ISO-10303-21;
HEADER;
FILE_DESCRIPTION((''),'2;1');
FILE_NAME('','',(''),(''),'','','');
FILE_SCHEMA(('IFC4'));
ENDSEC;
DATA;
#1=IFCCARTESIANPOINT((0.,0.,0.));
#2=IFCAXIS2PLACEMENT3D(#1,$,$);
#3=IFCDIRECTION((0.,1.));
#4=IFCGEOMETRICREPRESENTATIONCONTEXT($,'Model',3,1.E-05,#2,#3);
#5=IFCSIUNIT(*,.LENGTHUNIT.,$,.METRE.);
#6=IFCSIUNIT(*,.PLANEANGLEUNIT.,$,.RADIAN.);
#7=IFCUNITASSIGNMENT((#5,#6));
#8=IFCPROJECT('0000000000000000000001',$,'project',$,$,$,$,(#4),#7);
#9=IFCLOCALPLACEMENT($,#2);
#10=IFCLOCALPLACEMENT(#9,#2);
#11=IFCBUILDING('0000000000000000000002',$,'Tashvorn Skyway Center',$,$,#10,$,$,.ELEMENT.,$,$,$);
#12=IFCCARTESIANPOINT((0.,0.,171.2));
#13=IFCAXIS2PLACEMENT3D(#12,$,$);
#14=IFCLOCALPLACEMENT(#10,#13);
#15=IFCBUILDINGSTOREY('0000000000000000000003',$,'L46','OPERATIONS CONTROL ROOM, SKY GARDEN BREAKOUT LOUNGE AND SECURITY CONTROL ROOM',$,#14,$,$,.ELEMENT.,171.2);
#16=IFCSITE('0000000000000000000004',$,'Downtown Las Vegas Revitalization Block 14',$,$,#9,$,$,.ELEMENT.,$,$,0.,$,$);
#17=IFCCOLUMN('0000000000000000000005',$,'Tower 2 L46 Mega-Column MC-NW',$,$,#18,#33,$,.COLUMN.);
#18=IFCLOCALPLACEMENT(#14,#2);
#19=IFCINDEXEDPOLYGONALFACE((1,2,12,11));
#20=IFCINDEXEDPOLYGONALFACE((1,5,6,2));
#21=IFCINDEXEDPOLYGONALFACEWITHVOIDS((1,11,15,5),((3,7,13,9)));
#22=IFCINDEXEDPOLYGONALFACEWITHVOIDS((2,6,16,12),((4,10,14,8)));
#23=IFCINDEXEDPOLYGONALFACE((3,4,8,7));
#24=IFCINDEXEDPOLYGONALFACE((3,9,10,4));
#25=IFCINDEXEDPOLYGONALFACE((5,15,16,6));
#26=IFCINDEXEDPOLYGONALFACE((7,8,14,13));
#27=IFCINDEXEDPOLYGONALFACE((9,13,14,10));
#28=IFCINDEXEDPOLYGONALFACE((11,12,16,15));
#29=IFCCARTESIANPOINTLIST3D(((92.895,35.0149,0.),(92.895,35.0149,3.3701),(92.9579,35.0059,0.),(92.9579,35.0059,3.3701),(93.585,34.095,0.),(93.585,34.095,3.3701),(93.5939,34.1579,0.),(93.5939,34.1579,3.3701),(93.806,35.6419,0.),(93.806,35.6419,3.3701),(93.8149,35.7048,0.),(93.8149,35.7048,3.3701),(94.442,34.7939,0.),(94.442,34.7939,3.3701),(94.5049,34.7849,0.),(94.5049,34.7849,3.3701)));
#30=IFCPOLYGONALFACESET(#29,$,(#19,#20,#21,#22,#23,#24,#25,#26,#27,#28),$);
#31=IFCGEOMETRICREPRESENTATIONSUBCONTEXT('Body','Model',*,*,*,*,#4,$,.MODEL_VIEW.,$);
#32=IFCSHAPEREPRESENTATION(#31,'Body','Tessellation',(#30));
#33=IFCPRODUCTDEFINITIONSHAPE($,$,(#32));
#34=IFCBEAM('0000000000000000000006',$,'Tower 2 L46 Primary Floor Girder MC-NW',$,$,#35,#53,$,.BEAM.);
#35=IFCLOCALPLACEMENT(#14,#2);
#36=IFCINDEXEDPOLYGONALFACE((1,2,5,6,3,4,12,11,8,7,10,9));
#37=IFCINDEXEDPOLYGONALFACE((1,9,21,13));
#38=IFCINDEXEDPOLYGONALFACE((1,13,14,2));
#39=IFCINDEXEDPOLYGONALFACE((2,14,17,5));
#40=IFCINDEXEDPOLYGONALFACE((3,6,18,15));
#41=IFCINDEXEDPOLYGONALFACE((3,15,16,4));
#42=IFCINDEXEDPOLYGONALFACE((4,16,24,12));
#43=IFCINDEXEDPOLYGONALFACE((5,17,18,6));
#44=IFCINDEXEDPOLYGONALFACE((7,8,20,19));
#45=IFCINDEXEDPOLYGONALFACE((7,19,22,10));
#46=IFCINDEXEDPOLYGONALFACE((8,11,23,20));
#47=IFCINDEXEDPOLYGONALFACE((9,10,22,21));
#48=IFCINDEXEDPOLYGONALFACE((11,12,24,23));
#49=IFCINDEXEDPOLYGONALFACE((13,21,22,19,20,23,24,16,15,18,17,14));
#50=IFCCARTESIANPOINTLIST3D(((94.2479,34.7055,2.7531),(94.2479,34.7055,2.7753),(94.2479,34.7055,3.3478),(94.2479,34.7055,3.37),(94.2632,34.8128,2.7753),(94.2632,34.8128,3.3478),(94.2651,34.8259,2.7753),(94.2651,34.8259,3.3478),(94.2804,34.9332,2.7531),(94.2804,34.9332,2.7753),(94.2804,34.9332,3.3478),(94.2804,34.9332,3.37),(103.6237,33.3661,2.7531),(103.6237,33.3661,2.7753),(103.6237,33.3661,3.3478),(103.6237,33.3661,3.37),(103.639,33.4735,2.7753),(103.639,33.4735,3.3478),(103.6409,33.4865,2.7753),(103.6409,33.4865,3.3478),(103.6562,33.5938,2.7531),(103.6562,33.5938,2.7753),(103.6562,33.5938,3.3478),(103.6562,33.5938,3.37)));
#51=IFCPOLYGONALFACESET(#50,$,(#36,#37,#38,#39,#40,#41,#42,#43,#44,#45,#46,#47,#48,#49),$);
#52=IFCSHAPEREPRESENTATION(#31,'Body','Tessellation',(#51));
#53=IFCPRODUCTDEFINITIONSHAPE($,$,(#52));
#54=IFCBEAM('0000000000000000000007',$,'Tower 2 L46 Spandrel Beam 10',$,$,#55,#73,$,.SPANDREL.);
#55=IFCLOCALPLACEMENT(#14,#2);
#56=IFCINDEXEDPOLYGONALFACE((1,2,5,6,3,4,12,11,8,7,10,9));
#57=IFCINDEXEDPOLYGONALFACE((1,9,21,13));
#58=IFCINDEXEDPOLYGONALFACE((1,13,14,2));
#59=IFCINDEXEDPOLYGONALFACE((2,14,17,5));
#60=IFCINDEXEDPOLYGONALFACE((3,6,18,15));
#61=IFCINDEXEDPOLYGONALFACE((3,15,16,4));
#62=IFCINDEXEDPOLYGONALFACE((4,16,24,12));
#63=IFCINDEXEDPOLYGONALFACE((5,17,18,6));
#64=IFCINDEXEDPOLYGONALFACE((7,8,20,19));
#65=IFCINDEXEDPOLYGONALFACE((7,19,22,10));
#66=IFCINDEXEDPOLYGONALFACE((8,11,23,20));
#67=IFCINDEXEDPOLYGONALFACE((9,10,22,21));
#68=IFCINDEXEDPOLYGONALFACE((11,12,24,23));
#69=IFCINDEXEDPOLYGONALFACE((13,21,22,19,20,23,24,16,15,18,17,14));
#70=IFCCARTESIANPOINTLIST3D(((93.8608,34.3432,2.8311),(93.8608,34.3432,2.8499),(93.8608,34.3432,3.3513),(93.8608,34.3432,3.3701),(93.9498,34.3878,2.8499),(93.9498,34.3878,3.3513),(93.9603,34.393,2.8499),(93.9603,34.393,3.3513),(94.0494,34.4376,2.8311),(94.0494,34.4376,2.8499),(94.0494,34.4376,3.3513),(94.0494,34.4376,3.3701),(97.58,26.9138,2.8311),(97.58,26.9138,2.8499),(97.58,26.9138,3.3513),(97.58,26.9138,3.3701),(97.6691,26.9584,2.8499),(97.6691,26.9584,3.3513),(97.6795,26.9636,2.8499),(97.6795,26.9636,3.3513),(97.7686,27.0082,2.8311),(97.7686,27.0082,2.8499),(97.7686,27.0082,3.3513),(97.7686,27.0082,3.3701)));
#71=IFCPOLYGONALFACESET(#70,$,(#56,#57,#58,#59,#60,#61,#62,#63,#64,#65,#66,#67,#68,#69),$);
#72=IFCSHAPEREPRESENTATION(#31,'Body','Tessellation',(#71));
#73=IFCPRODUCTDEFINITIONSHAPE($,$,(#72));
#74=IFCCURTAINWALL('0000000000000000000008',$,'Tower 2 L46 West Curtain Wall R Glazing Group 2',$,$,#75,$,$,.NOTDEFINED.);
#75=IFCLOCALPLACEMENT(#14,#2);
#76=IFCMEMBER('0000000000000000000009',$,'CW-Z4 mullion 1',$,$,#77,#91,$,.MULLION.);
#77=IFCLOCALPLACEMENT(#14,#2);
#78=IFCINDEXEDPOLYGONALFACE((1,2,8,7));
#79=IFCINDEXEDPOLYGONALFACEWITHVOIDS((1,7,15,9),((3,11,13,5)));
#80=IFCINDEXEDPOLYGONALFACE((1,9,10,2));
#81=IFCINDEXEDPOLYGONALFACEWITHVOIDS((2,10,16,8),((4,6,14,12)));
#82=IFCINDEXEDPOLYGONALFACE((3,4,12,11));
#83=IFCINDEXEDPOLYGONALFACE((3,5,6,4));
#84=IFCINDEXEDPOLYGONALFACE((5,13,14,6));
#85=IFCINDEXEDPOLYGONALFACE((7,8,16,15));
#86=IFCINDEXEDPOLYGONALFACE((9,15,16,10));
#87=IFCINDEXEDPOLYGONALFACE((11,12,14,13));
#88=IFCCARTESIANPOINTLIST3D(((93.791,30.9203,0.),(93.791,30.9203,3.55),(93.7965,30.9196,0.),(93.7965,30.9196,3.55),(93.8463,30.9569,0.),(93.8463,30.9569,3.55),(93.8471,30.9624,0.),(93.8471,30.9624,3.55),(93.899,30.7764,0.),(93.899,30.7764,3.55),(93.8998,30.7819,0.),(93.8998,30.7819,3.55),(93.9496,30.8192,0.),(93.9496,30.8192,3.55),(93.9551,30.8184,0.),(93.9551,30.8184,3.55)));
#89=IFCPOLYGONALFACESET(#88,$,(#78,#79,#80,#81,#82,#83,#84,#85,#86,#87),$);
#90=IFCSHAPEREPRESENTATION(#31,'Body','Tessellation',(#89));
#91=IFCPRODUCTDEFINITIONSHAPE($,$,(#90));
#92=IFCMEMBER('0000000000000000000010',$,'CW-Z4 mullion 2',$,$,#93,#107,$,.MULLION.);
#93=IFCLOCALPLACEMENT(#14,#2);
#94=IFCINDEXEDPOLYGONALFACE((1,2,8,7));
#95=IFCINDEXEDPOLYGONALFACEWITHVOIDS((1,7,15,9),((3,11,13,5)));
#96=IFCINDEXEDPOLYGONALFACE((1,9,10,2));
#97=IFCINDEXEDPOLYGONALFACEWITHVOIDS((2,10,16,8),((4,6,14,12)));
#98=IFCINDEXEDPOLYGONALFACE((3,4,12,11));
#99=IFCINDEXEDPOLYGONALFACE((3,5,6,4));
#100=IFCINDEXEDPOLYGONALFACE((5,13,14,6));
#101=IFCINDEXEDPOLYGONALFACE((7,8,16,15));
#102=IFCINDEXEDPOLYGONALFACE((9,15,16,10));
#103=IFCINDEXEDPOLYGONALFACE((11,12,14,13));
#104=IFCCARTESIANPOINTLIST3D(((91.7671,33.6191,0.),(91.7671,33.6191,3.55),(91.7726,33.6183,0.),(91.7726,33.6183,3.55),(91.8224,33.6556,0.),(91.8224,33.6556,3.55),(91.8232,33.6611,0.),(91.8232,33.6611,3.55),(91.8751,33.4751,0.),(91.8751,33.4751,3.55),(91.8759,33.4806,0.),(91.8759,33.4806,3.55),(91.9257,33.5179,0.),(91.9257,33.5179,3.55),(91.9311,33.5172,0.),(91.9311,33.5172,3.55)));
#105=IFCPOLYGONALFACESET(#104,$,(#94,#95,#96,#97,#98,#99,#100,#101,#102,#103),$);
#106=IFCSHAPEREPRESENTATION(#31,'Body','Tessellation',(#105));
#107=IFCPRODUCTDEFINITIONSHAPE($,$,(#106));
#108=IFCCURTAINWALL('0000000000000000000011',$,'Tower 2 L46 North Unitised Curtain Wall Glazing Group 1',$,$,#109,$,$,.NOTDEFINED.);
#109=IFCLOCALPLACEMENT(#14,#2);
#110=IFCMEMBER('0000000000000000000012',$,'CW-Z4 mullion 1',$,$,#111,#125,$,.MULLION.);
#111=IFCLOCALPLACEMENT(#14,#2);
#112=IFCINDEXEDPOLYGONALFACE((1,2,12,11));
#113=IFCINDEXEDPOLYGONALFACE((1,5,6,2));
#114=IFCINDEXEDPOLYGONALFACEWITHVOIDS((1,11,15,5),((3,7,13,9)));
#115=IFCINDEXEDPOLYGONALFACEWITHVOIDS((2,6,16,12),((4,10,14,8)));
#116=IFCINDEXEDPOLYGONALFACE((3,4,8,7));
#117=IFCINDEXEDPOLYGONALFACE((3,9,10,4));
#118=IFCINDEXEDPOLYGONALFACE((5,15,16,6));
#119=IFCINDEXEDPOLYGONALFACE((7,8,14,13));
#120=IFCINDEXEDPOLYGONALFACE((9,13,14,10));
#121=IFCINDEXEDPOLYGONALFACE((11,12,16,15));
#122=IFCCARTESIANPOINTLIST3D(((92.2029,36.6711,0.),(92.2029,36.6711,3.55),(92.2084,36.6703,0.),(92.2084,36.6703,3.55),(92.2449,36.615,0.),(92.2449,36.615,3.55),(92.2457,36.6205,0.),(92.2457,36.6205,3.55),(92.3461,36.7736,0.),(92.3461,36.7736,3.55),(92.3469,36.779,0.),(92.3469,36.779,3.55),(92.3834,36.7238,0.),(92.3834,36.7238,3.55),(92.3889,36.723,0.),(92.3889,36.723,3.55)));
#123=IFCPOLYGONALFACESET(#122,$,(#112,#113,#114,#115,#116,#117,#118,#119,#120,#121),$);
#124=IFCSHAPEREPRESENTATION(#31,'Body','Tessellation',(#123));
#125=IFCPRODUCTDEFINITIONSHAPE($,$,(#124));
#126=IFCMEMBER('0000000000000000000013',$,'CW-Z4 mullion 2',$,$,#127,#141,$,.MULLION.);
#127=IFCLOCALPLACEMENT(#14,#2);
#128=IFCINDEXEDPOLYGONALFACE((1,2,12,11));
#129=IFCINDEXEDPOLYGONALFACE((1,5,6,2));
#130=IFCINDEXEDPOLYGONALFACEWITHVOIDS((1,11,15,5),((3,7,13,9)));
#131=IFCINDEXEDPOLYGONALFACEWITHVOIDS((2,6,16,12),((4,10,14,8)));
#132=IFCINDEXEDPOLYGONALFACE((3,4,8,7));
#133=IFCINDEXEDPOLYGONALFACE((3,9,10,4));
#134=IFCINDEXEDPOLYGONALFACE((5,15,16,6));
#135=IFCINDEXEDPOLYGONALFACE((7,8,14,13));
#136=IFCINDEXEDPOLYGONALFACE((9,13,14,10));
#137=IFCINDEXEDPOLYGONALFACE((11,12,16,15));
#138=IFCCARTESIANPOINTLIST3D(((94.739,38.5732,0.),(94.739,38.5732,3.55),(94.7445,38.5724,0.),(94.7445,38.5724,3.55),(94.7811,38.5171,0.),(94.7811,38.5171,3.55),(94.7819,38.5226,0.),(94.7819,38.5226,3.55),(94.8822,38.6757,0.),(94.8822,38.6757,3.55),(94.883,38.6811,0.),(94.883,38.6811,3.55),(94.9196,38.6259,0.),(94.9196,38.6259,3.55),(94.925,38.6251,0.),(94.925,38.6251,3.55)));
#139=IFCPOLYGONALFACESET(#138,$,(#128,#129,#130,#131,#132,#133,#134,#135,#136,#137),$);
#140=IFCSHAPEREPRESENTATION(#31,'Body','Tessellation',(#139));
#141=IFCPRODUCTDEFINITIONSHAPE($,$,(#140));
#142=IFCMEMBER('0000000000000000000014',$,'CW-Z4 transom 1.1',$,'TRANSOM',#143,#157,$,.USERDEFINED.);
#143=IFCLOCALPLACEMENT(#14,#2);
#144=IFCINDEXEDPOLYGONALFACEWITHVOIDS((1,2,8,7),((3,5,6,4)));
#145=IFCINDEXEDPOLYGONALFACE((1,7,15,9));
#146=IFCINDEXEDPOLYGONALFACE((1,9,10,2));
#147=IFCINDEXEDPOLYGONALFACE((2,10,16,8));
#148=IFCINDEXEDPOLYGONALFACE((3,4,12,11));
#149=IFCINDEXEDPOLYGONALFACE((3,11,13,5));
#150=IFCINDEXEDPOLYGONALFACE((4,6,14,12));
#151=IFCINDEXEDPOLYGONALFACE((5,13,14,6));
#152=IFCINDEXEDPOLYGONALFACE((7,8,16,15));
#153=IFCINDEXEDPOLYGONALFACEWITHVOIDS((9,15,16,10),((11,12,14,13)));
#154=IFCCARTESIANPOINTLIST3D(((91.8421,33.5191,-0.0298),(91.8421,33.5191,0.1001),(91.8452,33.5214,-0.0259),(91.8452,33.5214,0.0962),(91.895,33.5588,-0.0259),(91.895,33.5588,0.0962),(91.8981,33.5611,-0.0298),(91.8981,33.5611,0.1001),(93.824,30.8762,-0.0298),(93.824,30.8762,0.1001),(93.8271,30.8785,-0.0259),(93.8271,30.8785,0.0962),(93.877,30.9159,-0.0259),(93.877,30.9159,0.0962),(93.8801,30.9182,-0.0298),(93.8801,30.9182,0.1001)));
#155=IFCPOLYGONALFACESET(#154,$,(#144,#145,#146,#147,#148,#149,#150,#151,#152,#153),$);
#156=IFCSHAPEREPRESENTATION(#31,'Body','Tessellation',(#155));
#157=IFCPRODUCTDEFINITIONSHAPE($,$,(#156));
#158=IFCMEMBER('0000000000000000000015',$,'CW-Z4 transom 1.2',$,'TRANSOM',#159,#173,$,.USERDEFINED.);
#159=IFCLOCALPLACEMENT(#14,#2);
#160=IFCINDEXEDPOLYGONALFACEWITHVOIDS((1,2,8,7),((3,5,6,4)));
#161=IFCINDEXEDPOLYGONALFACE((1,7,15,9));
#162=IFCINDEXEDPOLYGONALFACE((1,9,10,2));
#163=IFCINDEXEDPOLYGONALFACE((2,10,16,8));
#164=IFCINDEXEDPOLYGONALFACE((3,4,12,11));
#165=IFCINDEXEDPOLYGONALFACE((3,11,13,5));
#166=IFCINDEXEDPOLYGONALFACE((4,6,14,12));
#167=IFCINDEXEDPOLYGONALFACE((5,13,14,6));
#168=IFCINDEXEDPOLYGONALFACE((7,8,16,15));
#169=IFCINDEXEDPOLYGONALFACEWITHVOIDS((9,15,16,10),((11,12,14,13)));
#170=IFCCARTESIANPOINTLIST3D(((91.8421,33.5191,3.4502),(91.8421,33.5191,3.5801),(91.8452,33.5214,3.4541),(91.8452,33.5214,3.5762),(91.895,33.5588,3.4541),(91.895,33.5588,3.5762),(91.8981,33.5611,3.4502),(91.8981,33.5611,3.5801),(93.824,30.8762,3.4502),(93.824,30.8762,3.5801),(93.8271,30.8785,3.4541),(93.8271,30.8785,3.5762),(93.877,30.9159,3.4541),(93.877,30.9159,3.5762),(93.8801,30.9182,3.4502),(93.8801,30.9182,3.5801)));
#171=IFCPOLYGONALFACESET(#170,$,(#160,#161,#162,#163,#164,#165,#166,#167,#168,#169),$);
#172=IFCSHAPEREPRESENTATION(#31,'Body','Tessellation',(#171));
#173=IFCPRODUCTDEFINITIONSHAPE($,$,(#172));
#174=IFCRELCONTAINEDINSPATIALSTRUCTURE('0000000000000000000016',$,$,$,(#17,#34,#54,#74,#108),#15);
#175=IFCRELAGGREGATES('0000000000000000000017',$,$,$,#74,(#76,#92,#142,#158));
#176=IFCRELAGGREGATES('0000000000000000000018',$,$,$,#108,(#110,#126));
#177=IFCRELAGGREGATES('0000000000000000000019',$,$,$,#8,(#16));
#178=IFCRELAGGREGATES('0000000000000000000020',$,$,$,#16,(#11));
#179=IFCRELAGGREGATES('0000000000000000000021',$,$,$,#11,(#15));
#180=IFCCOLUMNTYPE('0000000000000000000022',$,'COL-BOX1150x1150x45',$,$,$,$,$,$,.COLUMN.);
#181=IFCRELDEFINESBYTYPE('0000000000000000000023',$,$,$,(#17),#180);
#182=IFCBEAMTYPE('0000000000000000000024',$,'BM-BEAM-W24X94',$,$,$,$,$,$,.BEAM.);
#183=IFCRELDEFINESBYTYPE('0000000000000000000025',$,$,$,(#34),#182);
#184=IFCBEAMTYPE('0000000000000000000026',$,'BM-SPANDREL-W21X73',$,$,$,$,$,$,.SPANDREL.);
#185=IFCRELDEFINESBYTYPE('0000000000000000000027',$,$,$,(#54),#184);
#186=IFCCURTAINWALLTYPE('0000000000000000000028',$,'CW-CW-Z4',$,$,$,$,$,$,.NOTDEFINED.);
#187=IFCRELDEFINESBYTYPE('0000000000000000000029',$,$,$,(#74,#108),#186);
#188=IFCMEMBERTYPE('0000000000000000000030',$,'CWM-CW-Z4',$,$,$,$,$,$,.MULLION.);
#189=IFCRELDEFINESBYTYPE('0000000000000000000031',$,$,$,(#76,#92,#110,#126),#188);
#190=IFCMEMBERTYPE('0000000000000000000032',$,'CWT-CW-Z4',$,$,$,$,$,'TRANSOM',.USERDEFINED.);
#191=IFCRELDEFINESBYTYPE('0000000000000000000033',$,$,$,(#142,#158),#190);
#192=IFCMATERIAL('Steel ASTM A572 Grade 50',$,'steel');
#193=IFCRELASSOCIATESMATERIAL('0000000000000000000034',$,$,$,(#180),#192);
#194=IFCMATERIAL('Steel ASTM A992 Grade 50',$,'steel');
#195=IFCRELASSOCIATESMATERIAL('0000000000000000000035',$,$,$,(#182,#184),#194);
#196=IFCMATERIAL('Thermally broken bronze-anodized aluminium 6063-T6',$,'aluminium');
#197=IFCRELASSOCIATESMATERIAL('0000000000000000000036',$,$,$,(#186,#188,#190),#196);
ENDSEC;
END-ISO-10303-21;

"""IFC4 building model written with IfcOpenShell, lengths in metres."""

from ifc_helpers import new_model, si_unit, direction, frame, origin, origin_2d, place, context, subcontext, project, spatial, hollow_rectangle, i_section, extrude, material, material_profile, profile_set, type_object, element, aggregate, save


model = new_model("IFC4")

# Units and contexts
model_context = context("Model", 3, precision=1e-05, world=origin(), true_north=direction((0.0, 1.0)))
body_context = subcontext(model_context, "Body", "Model", "MODEL_VIEW")
ifc_project = project(units=[si_unit("LENGTHUNIT", "METRE"), si_unit("PLANEANGLEUNIT", "RADIAN")], contexts=[model_context])

# Site, building, storey
site_placement = place(None, origin())
site = spatial("IfcSite", under=ifc_project, at=site_placement, Name="Downtown Las Vegas Revitalization Block 14", CompositionType="ELEMENT", RefElevation=0.0)
building_placement = place(site_placement, origin())
building = spatial("IfcBuilding", under=site, at=building_placement, Name="Tashvorn Skyway Center", CompositionType="ELEMENT")
storey_placement = place(building_placement, frame((0.0, 0.0, 171.2)))
storey = spatial("IfcBuildingStorey", under=building, at=storey_placement, Name="L46", Description="OPERATIONS CONTROL ROOM, SKY GARDEN BREAKOUT LOUNGE AND SECURITY CONTROL ROOM", CompositionType="ELEMENT", Elevation=171.2)

# Column
ifc_material_1 = material(Name="Steel ASTM A572 Grade 50", Category="steel")
ifc_material_profile_1 = material_profile(ifc_material_1, hollow_rectangle(XDim=1.1499, YDim=1.1499, WallThickness=0.0449, at=origin_2d()), Name="BOX1150x1150x45")
ifc_profile_set_1 = profile_set([ifc_material_profile_1], Name="Steel ASTM A572 Grade 50")
column_type = type_object("IfcColumnType", Name="COL-BOX1150x1150x45", PredefinedType="COLUMN", material=ifc_profile_set_1)
column_placement = place(storey_placement, frame((93.7, 34.8999, 0.0), z_axis=(0.0, 0.0, 1.0), x_axis=(0.8, 0.6, 0.0)))
element("IfcColumn", 1, at=column_placement, inside=storey, type_object=column_type, Name="Tower 2 L46 Mega-Column MC-NW", PredefinedType="COLUMN", context=body_context, shape_type="SweptSolid", body=[
    extrude(hollow_rectangle(XDim=1.1499, YDim=1.1499, WallThickness=0.0449, at=origin_2d()), origin(), (0.0, 0.0, 1.0), 3.3701),
])

# Beams
ifc_material_2 = material(Name="Steel ASTM A992 Grade 50", Category="steel")
ifc_material_profile_2 = material_profile(ifc_material_2, i_section(OverallWidth=0.23, OverallDepth=0.6169, WebThickness=0.0132, FlangeThickness=0.0222, at=origin_2d()), Name="W24X94")
ifc_profile_set_2 = profile_set([ifc_material_profile_2], Name="Steel ASTM A992 Grade 50")
beam_type_1 = type_object("IfcBeamType", Name="BM-BEAM-W24X94", PredefinedType="BEAM", material=ifc_profile_set_2)
beam_1_placement = place(storey_placement, frame((94.2642, 34.8193, 3.0615), z_axis=(0.98995, -0.141418, 0.0), x_axis=(0.141418, 0.98995, 0.0)))
element("IfcBeam", 2, at=beam_1_placement, inside=storey, type_object=beam_type_1, Name="Tower 2 L46 Primary Floor Girder MC-NW", PredefinedType="BEAM", context=body_context, shape_type="SweptSolid", body=[
    extrude(i_section(OverallWidth=0.23, OverallDepth=0.6169, WebThickness=0.0132, FlangeThickness=0.0222, at=origin_2d()), origin(), (0.0, 0.0, 1.0), 9.4709),
])
ifc_material_profile_3 = material_profile(ifc_material_2, i_section(OverallWidth=0.2109, OverallDepth=0.5391, WebThickness=0.0117, FlangeThickness=0.0188, at=origin_2d()), Name="W21X73")
ifc_profile_set_3 = profile_set([ifc_material_profile_3], Name="Steel ASTM A992 Grade 50")
beam_type_2 = type_object("IfcBeamType", Name="BM-SPANDREL-W21X73", PredefinedType="SPANDREL", material=ifc_profile_set_3)
beam_2_placement = place(storey_placement, frame((93.9551, 34.3904, 3.1006), z_axis=(0.447648, -0.89421, 0.0), x_axis=(0.89421, 0.447648, 0.0)))
element("IfcBeam", 3, at=beam_2_placement, inside=storey, type_object=beam_type_2, Name="Tower 2 L46 Spandrel Beam 10", PredefinedType="SPANDREL", context=body_context, shape_type="SweptSolid", body=[
    extrude(i_section(OverallWidth=0.2109, OverallDepth=0.5391, WebThickness=0.0117, FlangeThickness=0.0188, at=origin_2d()), origin(), (0.0, 0.0, 1.0), 8.3083),
])

# Curtain walls, members
ifc_material_3 = material(Name="Thermally broken bronze-anodized aluminium 6063-T6", Category="aluminium")
curtain_wall_type = type_object("IfcCurtainWallType", Name="CW-CW-Z4", PredefinedType="NOTDEFINED", material=ifc_material_3)
curtain_wall_1_placement = place(storey_placement, origin())
curtain_wall_1 = element("IfcCurtainWall", 4, at=curtain_wall_1_placement, inside=storey, type_object=curtain_wall_type, Name="Tower 2 L46 West Curtain Wall R Glazing Group 2", PredefinedType="NOTDEFINED")
ifc_material_profile_4 = material_profile(ifc_material_3, hollow_rectangle(XDim=0.0701, YDim=0.1799, WallThickness=0.0039, at=origin_2d()), Name="ALU-MULL-70x180")
ifc_profile_set_4 = profile_set([ifc_material_profile_4], Name="Thermally broken bronze-anodized aluminium 6063-T6")
member_type_1 = type_object("IfcMemberType", Name="CWM-CW-Z4", PredefinedType="MULLION", material=ifc_profile_set_4)
member_1_placement = place(storey_placement, frame((93.873, 30.8694, 0.0), z_axis=(0.0, 0.0, 1.0), x_axis=(-0.800003, -0.599995, 0.0)))
member_1 = element("IfcMember", 5, at=member_1_placement, type_object=member_type_1, Name="CW-Z4 mullion 1", PredefinedType="MULLION", context=body_context, shape_type="SweptSolid", body=[
    extrude(hollow_rectangle(XDim=0.0701, YDim=0.1799, WallThickness=0.0039, at=origin_2d()), origin(), (0.0, 0.0, 1.0), 3.55),
])
member_2_placement = place(storey_placement, frame((91.8491, 33.5681, 0.0), z_axis=(0.0, 0.0, 1.0), x_axis=(-0.800003, -0.599995, 0.0)))
member_2 = element("IfcMember", 6, at=member_2_placement, type_object=member_type_1, Name="CW-Z4 mullion 2", PredefinedType="MULLION", context=body_context, shape_type="SweptSolid", body=[
    extrude(hollow_rectangle(XDim=0.0701, YDim=0.1799, WallThickness=0.0039, at=origin_2d()), origin(), (0.0, 0.0, 1.0), 3.55),
])
curtain_wall_2_placement = place(storey_placement, origin())
curtain_wall_2 = element("IfcCurtainWall", 7, at=curtain_wall_2_placement, inside=storey, type_object=curtain_wall_type, Name="Tower 2 L46 North Unitised Curtain Wall Glazing Group 1", PredefinedType="NOTDEFINED")
member_3_placement = place(storey_placement, frame((92.2959, 36.697, 0.0), z_axis=(0.0, 0.0, 1.0), x_axis=(-0.6, 0.8, 0.0)))
member_3 = element("IfcMember", 8, at=member_3_placement, type_object=member_type_1, Name="CW-Z4 mullion 1", PredefinedType="MULLION", context=body_context, shape_type="SweptSolid", body=[
    extrude(hollow_rectangle(XDim=0.0701, YDim=0.1799, WallThickness=0.0039, at=origin_2d()), origin(), (0.0, 0.0, 1.0), 3.55),
])
member_4_placement = place(storey_placement, frame((94.832, 38.5991, 0.0), z_axis=(0.0, 0.0, 1.0), x_axis=(-0.6, 0.8, 0.0)))
member_4 = element("IfcMember", 9, at=member_4_placement, type_object=member_type_1, Name="CW-Z4 mullion 2", PredefinedType="MULLION", context=body_context, shape_type="SweptSolid", body=[
    extrude(hollow_rectangle(XDim=0.0701, YDim=0.1799, WallThickness=0.0039, at=origin_2d()), origin(), (0.0, 0.0, 1.0), 3.55),
])

# Members
ifc_material_profile_5 = material_profile(ifc_material_3, hollow_rectangle(XDim=0.0701, YDim=0.1299, WallThickness=0.0039, at=origin_2d()), Name="ALU-TRAN-70x130")
ifc_profile_set_5 = profile_set([ifc_material_profile_5], Name="Thermally broken bronze-anodized aluminium 6063-T6")
member_type_2 = type_object("IfcMemberType", Name="CWT-CW-Z4", ElementType="TRANSOM", PredefinedType="USERDEFINED", material=ifc_profile_set_5)
member_5_placement = place(storey_placement, frame((93.8521, 30.8972, 0.0352), z_axis=(-0.599965, 0.800027, 0.0), x_axis=(-0.800027, -0.599965, 0.0)))
member_5 = element("IfcMember", 10, at=member_5_placement, type_object=member_type_2, Name="CW-Z4 transom 1.1", ObjectType="TRANSOM", PredefinedType="USERDEFINED", context=body_context, shape_type="SweptSolid", body=[
    extrude(hollow_rectangle(XDim=0.0701, YDim=0.1299, WallThickness=0.0039, at=origin_2d()), origin(), (0.0, 0.0, 1.0), 3.3035),
])
member_6_placement = place(storey_placement, frame((93.8521, 30.8972, 3.5151), z_axis=(-0.599965, 0.800027, 0.0), x_axis=(-0.800027, -0.599965, 0.0)))
member_6 = element("IfcMember", 11, at=member_6_placement, type_object=member_type_2, Name="CW-Z4 transom 1.2", ObjectType="TRANSOM", PredefinedType="USERDEFINED", context=body_context, shape_type="SweptSolid", body=[
    extrude(hollow_rectangle(XDim=0.0701, YDim=0.1299, WallThickness=0.0039, at=origin_2d()), origin(), (0.0, 0.0, 1.0), 3.3035),
])

aggregate(curtain_wall_1, [member_1, member_2, member_5, member_6])
aggregate(curtain_wall_2, [member_3, member_4])

save(model, "model.ifc")
